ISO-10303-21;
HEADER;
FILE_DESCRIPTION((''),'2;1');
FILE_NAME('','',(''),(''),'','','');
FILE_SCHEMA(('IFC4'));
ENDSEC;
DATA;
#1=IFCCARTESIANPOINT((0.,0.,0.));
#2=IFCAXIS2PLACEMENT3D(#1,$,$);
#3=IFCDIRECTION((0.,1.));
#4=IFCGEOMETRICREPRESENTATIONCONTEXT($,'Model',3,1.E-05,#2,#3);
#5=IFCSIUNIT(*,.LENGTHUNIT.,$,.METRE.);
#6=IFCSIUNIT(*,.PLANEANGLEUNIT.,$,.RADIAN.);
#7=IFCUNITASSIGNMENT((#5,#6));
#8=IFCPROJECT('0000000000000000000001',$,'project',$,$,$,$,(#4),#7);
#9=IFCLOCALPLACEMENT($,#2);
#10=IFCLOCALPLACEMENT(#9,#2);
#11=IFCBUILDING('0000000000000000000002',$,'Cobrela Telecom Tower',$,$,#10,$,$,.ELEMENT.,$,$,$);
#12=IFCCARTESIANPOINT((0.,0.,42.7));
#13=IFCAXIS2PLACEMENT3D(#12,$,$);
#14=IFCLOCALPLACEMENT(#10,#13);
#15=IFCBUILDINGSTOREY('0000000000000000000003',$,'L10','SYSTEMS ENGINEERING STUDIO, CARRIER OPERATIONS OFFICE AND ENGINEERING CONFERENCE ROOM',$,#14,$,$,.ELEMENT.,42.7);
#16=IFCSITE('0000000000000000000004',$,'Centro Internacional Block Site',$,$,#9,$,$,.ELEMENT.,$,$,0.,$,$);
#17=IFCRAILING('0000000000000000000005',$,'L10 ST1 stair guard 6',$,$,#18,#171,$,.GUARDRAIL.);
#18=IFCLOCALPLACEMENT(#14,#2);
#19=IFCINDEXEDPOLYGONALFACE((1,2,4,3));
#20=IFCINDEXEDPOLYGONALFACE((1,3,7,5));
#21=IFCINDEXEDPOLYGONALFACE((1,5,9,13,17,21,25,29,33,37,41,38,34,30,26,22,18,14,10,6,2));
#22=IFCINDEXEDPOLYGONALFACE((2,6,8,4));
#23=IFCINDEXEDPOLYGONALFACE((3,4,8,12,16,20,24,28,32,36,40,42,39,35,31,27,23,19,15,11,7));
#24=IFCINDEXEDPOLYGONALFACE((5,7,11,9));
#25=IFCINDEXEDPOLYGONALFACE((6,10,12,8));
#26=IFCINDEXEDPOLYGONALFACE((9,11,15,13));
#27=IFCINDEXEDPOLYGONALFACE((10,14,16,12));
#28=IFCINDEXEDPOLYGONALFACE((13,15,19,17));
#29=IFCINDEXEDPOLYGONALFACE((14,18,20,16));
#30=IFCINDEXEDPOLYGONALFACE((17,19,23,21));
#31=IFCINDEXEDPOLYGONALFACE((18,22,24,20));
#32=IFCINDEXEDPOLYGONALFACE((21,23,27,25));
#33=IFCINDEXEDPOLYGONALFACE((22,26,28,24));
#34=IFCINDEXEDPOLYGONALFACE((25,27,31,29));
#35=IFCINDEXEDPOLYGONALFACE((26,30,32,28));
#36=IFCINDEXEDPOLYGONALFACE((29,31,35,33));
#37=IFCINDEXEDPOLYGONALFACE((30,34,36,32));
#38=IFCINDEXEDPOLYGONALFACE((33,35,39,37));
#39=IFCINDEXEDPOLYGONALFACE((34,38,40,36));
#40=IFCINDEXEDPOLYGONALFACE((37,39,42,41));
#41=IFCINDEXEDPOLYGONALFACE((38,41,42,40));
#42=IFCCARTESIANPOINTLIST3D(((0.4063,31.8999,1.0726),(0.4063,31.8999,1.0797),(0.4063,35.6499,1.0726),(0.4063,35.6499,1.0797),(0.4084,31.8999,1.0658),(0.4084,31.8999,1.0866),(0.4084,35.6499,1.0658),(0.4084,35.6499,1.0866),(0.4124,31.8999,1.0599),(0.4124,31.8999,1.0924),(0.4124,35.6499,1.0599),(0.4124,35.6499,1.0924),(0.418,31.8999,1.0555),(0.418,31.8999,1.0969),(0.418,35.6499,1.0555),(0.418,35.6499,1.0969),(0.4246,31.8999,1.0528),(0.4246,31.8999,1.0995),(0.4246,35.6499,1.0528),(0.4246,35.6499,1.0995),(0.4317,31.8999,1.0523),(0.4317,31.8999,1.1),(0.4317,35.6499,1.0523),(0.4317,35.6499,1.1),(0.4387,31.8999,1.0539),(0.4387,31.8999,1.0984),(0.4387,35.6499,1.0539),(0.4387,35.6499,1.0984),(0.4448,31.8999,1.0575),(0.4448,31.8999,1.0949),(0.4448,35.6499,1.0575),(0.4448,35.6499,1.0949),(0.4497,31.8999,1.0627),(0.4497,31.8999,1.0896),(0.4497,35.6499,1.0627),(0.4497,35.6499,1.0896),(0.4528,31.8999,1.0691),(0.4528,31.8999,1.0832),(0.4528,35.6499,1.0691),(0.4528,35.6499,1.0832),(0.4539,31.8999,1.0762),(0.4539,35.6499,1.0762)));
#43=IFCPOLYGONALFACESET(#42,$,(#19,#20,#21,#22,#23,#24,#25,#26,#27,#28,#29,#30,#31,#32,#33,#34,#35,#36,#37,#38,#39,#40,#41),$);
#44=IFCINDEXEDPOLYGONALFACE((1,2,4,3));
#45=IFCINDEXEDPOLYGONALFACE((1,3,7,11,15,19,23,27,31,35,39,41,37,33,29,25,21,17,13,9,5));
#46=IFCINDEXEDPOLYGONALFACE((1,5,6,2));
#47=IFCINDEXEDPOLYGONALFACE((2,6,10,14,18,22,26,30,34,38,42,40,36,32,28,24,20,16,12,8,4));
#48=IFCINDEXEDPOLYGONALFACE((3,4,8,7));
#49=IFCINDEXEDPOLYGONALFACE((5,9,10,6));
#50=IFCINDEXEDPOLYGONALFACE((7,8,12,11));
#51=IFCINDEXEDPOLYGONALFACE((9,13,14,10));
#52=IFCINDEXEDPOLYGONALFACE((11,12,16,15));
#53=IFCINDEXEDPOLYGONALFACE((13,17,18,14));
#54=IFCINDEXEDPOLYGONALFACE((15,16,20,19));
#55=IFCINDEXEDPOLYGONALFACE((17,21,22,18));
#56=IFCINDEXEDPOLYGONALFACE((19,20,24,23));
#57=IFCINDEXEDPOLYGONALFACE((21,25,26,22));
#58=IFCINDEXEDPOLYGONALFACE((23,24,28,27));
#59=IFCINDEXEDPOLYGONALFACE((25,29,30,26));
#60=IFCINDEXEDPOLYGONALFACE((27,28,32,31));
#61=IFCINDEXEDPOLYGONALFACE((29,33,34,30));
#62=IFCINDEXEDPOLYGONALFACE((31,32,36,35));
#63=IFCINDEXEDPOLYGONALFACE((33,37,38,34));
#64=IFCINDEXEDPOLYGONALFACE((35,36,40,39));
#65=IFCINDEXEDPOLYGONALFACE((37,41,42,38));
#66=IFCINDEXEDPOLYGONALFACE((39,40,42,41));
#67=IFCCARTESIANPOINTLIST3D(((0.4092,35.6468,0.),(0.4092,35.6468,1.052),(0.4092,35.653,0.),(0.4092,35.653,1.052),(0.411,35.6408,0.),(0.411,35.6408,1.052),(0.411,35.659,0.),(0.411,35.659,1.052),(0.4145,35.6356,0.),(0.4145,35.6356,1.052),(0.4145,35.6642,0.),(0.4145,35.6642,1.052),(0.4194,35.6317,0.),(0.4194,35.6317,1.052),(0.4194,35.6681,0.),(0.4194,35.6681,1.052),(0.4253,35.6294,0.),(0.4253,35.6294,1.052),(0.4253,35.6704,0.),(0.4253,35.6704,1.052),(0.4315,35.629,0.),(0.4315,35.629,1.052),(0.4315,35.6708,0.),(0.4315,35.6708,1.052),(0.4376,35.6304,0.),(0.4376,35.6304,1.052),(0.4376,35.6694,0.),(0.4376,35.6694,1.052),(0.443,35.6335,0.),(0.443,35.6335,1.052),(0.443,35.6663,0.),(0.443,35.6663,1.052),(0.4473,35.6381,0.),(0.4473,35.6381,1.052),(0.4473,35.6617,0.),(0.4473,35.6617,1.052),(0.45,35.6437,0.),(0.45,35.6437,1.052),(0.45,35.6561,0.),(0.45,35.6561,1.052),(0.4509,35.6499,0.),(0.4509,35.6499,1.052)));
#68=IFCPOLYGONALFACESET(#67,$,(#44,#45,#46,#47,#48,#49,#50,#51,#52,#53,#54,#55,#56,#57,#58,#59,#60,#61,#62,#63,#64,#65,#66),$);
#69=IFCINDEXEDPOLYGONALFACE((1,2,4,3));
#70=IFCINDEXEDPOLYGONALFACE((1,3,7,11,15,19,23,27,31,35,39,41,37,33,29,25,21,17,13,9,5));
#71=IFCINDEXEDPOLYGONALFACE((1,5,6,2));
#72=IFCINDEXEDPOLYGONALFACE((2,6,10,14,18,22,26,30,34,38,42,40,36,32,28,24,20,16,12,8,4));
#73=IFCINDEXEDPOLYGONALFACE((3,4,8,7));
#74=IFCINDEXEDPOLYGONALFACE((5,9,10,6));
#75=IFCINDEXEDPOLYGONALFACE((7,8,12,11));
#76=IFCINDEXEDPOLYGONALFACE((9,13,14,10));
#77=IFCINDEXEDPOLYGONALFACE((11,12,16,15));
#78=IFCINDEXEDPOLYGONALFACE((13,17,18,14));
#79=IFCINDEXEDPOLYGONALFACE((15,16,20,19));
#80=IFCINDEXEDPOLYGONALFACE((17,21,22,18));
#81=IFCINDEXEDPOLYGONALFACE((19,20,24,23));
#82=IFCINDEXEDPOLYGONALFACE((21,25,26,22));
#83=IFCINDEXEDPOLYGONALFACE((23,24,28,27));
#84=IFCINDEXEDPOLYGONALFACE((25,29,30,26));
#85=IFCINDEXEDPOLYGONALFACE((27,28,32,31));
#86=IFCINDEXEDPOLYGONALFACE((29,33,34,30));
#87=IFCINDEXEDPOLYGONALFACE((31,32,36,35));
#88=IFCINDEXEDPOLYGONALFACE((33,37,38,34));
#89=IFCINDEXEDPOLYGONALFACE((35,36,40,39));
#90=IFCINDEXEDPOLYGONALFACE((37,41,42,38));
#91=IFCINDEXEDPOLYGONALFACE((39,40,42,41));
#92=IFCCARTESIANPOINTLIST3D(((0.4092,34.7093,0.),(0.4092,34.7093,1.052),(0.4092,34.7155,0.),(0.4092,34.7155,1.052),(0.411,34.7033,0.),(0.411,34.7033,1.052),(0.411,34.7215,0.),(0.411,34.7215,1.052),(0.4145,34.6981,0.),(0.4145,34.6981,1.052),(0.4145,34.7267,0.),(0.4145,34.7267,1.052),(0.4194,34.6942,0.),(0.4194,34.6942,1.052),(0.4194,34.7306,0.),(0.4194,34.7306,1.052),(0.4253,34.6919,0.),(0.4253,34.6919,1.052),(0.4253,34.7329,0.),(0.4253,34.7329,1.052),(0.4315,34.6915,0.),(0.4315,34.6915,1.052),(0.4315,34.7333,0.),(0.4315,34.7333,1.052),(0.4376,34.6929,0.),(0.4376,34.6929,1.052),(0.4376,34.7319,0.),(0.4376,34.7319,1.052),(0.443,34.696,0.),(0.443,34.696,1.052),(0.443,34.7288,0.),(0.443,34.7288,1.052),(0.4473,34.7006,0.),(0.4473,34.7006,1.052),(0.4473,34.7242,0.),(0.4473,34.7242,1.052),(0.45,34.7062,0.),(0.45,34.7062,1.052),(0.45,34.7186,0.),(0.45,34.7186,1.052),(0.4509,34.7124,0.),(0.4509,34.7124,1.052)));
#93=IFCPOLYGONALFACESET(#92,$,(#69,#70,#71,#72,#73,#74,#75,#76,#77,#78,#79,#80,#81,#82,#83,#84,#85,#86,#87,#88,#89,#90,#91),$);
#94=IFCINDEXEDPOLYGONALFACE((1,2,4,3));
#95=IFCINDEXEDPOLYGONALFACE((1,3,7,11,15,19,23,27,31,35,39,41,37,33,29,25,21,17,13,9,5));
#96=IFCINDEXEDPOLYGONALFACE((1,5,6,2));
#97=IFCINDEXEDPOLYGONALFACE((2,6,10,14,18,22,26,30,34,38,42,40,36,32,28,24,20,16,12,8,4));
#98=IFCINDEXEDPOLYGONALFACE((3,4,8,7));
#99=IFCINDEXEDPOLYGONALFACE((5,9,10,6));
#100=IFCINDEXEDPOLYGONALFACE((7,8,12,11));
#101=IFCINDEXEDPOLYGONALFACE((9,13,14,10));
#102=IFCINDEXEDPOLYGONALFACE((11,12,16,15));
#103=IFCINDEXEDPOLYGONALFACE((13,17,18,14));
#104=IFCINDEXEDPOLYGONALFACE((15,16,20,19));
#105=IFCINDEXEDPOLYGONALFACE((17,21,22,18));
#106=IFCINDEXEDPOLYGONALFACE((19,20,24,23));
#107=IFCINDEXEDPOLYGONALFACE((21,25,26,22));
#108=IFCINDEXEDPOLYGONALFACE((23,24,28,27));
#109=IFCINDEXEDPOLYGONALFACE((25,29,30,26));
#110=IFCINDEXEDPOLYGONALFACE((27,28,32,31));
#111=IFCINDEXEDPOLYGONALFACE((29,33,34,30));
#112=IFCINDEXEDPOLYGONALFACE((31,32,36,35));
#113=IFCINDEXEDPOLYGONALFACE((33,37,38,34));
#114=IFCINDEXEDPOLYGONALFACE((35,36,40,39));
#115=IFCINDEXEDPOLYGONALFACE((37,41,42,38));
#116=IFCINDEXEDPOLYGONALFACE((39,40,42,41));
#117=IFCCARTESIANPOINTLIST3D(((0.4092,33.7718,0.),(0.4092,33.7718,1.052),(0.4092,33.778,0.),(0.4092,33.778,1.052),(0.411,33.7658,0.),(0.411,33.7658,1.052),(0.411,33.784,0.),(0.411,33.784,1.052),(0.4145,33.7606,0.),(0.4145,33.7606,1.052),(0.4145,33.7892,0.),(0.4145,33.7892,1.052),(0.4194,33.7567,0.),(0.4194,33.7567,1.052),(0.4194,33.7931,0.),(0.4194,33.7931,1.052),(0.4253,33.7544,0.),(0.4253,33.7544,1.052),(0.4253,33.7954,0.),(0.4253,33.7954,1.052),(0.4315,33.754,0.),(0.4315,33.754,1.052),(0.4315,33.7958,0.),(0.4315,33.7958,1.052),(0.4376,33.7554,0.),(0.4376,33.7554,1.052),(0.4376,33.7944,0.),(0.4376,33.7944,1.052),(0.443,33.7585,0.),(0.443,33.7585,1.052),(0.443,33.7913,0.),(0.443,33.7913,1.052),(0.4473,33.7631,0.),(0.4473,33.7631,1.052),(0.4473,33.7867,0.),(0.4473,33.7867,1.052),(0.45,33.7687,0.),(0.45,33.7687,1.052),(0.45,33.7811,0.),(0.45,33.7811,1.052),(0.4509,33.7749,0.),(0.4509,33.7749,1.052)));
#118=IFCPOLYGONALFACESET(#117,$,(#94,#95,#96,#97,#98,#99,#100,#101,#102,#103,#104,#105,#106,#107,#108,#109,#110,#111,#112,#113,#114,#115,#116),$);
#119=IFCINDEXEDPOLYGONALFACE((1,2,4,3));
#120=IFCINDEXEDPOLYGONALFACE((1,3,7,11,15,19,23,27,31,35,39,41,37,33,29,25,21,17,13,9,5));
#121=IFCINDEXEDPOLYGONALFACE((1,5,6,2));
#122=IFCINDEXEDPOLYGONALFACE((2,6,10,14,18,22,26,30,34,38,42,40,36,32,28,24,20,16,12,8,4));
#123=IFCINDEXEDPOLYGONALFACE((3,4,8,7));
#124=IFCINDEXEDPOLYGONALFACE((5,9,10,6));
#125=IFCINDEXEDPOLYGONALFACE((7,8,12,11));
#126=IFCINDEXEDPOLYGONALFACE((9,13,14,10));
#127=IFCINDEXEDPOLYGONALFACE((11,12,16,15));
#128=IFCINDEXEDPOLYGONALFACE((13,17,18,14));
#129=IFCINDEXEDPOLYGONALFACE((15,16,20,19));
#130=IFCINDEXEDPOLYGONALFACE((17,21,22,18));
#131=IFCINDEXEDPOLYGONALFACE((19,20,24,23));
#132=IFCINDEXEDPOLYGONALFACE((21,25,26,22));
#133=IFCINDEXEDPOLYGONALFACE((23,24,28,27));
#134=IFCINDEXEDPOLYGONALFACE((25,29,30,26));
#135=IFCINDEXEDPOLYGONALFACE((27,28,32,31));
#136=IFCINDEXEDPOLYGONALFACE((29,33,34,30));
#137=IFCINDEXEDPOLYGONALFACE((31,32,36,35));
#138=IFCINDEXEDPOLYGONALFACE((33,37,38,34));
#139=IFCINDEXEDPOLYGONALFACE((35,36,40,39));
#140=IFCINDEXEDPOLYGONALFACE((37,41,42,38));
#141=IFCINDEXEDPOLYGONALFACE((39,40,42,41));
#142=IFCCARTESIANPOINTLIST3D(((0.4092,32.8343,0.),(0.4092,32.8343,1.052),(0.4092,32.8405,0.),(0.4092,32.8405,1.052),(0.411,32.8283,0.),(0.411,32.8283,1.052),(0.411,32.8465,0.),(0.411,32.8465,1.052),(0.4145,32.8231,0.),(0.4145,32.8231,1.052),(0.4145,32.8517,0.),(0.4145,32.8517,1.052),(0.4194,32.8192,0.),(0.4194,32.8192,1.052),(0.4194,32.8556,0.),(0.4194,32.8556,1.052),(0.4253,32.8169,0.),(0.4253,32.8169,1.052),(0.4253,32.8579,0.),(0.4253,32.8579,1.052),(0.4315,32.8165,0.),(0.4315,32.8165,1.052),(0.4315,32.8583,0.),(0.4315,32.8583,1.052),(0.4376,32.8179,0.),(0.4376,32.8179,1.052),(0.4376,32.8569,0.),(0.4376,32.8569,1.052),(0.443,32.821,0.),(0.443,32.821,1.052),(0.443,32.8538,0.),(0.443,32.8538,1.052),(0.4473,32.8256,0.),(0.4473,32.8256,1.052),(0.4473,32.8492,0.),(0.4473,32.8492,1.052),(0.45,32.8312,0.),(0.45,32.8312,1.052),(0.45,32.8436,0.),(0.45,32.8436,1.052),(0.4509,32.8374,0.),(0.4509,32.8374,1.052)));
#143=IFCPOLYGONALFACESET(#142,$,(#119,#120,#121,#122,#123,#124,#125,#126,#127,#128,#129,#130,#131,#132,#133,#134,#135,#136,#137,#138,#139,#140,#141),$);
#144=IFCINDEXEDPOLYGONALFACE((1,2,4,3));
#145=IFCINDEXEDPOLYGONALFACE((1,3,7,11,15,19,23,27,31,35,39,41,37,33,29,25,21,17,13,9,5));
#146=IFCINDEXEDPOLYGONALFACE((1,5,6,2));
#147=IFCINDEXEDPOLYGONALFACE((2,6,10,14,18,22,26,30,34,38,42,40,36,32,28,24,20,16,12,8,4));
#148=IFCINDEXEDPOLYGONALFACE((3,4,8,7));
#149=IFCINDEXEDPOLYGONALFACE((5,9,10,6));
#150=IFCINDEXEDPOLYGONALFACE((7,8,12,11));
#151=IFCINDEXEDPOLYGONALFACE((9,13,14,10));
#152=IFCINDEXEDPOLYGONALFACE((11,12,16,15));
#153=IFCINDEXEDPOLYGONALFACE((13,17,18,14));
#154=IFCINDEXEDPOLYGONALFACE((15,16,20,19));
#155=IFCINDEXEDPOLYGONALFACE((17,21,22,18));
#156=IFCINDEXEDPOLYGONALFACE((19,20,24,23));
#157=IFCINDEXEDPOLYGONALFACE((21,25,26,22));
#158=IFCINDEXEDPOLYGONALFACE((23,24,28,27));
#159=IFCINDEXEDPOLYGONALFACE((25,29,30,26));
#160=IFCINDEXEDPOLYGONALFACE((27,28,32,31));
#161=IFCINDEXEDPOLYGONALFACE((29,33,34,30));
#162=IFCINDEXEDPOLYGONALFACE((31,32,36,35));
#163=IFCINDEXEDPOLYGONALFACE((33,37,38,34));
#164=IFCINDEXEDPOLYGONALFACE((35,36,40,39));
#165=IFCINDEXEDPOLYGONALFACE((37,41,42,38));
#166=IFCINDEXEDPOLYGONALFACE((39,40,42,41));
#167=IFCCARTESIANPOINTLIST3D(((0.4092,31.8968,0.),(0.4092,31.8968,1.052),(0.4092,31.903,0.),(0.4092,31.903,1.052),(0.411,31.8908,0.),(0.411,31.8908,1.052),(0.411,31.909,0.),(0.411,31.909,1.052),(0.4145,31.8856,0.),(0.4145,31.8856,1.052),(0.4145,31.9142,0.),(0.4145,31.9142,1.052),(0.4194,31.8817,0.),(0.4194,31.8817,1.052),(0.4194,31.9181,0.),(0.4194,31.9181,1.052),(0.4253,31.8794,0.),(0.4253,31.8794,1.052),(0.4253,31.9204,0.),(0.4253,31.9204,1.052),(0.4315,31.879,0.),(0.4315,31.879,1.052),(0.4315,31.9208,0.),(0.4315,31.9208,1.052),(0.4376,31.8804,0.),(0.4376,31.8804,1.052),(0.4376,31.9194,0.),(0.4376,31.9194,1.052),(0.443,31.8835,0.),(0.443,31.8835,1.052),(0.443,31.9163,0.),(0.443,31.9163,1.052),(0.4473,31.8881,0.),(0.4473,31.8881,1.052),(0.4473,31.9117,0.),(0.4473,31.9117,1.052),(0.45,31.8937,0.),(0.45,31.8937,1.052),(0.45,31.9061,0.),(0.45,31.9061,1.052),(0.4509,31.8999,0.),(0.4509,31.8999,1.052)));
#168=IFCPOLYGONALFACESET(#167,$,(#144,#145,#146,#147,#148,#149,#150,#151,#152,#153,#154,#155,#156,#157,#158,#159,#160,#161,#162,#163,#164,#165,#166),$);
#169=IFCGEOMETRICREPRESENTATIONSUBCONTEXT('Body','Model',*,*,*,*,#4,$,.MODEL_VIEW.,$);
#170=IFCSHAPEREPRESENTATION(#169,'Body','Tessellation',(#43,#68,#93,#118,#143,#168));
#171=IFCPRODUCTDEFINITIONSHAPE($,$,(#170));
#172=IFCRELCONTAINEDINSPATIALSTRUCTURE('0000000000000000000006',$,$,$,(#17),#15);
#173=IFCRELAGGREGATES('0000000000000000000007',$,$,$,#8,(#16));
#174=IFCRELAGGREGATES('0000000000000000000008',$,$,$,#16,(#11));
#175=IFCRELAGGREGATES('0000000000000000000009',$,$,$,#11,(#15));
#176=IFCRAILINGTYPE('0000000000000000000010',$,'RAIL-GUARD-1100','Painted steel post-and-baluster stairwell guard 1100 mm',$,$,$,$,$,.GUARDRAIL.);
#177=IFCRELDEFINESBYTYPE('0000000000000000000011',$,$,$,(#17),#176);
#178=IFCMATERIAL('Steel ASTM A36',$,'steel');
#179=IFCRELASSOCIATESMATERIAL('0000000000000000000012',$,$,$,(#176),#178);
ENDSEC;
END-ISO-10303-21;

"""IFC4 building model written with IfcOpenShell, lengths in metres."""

from ifc_helpers import new_model, si_unit, direction, frame, origin, origin_2d, place, context, subcontext, project, spatial, circle, extrude, material, type_object, element, save


model = new_model("IFC4")

# Units and contexts
model_context = context("Model", 3, precision=1e-05, world=origin(), true_north=direction((0.0, 1.0)))
body_context = subcontext(model_context, "Body", "Model", "MODEL_VIEW")
ifc_project = project(units=[si_unit("LENGTHUNIT", "METRE"), si_unit("PLANEANGLEUNIT", "RADIAN")], contexts=[model_context])

# Site, building, storey
site_placement = place(None, origin())
site = spatial("IfcSite", under=ifc_project, at=site_placement, Name="Centro Internacional Block Site", CompositionType="ELEMENT", RefElevation=0.0)
building_placement = place(site_placement, origin())
building = spatial("IfcBuilding", under=site, at=building_placement, Name="Cobrela Telecom Tower", CompositionType="ELEMENT")
storey_placement = place(building_placement, frame((0.0, 0.0, 42.7)))
storey = spatial("IfcBuildingStorey", under=building, at=storey_placement, Name="L10", Description="SYSTEMS ENGINEERING STUDIO, CARRIER OPERATIONS OFFICE AND ENGINEERING CONFERENCE ROOM", CompositionType="ELEMENT", Elevation=42.7)

# Shared definitions
ifc_material_1 = material(Name="Steel ASTM A36", Category="steel")

# Railing
railing_type_1 = type_object("IfcRailingType", Name="RAIL-GUARD-1100", Description="Painted steel post-and-baluster stairwell guard 1100 mm", PredefinedType="GUARDRAIL", material=ifc_material_1)
railing_1_placement = place(storey_placement, frame((0.4299, 35.6499, 0.0)))
element("IfcRailing", 1, at=railing_1_placement, inside=storey, type_object=railing_type_1, Name="L10 ST1 stair guard 6", PredefinedType="GUARDRAIL", context=body_context, shape_type="SweptSolid", body=[
    extrude(circle(Radius=0.0239, at=origin_2d()), frame((0.0, 0.0, 1.0762), z_axis=(0.0, -1.0, 0.0), x_axis=(1.0, 0.0, 0.0)), (0.0, 0.0, 1.0), 3.75),
    extrude(circle(Radius=0.021, at=origin_2d()), origin(), (0.0, 0.0, 1.0), 1.052),
    extrude(circle(Radius=0.021, at=origin_2d()), frame((0.0, -0.9375, 0.0)), (0.0, 0.0, 1.0), 1.052),
    extrude(circle(Radius=0.021, at=origin_2d()), frame((0.0, -1.875, 0.0)), (0.0, 0.0, 1.0), 1.052),
    extrude(circle(Radius=0.021, at=origin_2d()), frame((0.0, -2.8125, 0.0)), (0.0, 0.0, 1.0), 1.052),
    extrude(circle(Radius=0.021, at=origin_2d()), frame((0.0, -3.75, 0.0)), (0.0, 0.0, 1.0), 1.052),
])

save(model, "model.ifc")
